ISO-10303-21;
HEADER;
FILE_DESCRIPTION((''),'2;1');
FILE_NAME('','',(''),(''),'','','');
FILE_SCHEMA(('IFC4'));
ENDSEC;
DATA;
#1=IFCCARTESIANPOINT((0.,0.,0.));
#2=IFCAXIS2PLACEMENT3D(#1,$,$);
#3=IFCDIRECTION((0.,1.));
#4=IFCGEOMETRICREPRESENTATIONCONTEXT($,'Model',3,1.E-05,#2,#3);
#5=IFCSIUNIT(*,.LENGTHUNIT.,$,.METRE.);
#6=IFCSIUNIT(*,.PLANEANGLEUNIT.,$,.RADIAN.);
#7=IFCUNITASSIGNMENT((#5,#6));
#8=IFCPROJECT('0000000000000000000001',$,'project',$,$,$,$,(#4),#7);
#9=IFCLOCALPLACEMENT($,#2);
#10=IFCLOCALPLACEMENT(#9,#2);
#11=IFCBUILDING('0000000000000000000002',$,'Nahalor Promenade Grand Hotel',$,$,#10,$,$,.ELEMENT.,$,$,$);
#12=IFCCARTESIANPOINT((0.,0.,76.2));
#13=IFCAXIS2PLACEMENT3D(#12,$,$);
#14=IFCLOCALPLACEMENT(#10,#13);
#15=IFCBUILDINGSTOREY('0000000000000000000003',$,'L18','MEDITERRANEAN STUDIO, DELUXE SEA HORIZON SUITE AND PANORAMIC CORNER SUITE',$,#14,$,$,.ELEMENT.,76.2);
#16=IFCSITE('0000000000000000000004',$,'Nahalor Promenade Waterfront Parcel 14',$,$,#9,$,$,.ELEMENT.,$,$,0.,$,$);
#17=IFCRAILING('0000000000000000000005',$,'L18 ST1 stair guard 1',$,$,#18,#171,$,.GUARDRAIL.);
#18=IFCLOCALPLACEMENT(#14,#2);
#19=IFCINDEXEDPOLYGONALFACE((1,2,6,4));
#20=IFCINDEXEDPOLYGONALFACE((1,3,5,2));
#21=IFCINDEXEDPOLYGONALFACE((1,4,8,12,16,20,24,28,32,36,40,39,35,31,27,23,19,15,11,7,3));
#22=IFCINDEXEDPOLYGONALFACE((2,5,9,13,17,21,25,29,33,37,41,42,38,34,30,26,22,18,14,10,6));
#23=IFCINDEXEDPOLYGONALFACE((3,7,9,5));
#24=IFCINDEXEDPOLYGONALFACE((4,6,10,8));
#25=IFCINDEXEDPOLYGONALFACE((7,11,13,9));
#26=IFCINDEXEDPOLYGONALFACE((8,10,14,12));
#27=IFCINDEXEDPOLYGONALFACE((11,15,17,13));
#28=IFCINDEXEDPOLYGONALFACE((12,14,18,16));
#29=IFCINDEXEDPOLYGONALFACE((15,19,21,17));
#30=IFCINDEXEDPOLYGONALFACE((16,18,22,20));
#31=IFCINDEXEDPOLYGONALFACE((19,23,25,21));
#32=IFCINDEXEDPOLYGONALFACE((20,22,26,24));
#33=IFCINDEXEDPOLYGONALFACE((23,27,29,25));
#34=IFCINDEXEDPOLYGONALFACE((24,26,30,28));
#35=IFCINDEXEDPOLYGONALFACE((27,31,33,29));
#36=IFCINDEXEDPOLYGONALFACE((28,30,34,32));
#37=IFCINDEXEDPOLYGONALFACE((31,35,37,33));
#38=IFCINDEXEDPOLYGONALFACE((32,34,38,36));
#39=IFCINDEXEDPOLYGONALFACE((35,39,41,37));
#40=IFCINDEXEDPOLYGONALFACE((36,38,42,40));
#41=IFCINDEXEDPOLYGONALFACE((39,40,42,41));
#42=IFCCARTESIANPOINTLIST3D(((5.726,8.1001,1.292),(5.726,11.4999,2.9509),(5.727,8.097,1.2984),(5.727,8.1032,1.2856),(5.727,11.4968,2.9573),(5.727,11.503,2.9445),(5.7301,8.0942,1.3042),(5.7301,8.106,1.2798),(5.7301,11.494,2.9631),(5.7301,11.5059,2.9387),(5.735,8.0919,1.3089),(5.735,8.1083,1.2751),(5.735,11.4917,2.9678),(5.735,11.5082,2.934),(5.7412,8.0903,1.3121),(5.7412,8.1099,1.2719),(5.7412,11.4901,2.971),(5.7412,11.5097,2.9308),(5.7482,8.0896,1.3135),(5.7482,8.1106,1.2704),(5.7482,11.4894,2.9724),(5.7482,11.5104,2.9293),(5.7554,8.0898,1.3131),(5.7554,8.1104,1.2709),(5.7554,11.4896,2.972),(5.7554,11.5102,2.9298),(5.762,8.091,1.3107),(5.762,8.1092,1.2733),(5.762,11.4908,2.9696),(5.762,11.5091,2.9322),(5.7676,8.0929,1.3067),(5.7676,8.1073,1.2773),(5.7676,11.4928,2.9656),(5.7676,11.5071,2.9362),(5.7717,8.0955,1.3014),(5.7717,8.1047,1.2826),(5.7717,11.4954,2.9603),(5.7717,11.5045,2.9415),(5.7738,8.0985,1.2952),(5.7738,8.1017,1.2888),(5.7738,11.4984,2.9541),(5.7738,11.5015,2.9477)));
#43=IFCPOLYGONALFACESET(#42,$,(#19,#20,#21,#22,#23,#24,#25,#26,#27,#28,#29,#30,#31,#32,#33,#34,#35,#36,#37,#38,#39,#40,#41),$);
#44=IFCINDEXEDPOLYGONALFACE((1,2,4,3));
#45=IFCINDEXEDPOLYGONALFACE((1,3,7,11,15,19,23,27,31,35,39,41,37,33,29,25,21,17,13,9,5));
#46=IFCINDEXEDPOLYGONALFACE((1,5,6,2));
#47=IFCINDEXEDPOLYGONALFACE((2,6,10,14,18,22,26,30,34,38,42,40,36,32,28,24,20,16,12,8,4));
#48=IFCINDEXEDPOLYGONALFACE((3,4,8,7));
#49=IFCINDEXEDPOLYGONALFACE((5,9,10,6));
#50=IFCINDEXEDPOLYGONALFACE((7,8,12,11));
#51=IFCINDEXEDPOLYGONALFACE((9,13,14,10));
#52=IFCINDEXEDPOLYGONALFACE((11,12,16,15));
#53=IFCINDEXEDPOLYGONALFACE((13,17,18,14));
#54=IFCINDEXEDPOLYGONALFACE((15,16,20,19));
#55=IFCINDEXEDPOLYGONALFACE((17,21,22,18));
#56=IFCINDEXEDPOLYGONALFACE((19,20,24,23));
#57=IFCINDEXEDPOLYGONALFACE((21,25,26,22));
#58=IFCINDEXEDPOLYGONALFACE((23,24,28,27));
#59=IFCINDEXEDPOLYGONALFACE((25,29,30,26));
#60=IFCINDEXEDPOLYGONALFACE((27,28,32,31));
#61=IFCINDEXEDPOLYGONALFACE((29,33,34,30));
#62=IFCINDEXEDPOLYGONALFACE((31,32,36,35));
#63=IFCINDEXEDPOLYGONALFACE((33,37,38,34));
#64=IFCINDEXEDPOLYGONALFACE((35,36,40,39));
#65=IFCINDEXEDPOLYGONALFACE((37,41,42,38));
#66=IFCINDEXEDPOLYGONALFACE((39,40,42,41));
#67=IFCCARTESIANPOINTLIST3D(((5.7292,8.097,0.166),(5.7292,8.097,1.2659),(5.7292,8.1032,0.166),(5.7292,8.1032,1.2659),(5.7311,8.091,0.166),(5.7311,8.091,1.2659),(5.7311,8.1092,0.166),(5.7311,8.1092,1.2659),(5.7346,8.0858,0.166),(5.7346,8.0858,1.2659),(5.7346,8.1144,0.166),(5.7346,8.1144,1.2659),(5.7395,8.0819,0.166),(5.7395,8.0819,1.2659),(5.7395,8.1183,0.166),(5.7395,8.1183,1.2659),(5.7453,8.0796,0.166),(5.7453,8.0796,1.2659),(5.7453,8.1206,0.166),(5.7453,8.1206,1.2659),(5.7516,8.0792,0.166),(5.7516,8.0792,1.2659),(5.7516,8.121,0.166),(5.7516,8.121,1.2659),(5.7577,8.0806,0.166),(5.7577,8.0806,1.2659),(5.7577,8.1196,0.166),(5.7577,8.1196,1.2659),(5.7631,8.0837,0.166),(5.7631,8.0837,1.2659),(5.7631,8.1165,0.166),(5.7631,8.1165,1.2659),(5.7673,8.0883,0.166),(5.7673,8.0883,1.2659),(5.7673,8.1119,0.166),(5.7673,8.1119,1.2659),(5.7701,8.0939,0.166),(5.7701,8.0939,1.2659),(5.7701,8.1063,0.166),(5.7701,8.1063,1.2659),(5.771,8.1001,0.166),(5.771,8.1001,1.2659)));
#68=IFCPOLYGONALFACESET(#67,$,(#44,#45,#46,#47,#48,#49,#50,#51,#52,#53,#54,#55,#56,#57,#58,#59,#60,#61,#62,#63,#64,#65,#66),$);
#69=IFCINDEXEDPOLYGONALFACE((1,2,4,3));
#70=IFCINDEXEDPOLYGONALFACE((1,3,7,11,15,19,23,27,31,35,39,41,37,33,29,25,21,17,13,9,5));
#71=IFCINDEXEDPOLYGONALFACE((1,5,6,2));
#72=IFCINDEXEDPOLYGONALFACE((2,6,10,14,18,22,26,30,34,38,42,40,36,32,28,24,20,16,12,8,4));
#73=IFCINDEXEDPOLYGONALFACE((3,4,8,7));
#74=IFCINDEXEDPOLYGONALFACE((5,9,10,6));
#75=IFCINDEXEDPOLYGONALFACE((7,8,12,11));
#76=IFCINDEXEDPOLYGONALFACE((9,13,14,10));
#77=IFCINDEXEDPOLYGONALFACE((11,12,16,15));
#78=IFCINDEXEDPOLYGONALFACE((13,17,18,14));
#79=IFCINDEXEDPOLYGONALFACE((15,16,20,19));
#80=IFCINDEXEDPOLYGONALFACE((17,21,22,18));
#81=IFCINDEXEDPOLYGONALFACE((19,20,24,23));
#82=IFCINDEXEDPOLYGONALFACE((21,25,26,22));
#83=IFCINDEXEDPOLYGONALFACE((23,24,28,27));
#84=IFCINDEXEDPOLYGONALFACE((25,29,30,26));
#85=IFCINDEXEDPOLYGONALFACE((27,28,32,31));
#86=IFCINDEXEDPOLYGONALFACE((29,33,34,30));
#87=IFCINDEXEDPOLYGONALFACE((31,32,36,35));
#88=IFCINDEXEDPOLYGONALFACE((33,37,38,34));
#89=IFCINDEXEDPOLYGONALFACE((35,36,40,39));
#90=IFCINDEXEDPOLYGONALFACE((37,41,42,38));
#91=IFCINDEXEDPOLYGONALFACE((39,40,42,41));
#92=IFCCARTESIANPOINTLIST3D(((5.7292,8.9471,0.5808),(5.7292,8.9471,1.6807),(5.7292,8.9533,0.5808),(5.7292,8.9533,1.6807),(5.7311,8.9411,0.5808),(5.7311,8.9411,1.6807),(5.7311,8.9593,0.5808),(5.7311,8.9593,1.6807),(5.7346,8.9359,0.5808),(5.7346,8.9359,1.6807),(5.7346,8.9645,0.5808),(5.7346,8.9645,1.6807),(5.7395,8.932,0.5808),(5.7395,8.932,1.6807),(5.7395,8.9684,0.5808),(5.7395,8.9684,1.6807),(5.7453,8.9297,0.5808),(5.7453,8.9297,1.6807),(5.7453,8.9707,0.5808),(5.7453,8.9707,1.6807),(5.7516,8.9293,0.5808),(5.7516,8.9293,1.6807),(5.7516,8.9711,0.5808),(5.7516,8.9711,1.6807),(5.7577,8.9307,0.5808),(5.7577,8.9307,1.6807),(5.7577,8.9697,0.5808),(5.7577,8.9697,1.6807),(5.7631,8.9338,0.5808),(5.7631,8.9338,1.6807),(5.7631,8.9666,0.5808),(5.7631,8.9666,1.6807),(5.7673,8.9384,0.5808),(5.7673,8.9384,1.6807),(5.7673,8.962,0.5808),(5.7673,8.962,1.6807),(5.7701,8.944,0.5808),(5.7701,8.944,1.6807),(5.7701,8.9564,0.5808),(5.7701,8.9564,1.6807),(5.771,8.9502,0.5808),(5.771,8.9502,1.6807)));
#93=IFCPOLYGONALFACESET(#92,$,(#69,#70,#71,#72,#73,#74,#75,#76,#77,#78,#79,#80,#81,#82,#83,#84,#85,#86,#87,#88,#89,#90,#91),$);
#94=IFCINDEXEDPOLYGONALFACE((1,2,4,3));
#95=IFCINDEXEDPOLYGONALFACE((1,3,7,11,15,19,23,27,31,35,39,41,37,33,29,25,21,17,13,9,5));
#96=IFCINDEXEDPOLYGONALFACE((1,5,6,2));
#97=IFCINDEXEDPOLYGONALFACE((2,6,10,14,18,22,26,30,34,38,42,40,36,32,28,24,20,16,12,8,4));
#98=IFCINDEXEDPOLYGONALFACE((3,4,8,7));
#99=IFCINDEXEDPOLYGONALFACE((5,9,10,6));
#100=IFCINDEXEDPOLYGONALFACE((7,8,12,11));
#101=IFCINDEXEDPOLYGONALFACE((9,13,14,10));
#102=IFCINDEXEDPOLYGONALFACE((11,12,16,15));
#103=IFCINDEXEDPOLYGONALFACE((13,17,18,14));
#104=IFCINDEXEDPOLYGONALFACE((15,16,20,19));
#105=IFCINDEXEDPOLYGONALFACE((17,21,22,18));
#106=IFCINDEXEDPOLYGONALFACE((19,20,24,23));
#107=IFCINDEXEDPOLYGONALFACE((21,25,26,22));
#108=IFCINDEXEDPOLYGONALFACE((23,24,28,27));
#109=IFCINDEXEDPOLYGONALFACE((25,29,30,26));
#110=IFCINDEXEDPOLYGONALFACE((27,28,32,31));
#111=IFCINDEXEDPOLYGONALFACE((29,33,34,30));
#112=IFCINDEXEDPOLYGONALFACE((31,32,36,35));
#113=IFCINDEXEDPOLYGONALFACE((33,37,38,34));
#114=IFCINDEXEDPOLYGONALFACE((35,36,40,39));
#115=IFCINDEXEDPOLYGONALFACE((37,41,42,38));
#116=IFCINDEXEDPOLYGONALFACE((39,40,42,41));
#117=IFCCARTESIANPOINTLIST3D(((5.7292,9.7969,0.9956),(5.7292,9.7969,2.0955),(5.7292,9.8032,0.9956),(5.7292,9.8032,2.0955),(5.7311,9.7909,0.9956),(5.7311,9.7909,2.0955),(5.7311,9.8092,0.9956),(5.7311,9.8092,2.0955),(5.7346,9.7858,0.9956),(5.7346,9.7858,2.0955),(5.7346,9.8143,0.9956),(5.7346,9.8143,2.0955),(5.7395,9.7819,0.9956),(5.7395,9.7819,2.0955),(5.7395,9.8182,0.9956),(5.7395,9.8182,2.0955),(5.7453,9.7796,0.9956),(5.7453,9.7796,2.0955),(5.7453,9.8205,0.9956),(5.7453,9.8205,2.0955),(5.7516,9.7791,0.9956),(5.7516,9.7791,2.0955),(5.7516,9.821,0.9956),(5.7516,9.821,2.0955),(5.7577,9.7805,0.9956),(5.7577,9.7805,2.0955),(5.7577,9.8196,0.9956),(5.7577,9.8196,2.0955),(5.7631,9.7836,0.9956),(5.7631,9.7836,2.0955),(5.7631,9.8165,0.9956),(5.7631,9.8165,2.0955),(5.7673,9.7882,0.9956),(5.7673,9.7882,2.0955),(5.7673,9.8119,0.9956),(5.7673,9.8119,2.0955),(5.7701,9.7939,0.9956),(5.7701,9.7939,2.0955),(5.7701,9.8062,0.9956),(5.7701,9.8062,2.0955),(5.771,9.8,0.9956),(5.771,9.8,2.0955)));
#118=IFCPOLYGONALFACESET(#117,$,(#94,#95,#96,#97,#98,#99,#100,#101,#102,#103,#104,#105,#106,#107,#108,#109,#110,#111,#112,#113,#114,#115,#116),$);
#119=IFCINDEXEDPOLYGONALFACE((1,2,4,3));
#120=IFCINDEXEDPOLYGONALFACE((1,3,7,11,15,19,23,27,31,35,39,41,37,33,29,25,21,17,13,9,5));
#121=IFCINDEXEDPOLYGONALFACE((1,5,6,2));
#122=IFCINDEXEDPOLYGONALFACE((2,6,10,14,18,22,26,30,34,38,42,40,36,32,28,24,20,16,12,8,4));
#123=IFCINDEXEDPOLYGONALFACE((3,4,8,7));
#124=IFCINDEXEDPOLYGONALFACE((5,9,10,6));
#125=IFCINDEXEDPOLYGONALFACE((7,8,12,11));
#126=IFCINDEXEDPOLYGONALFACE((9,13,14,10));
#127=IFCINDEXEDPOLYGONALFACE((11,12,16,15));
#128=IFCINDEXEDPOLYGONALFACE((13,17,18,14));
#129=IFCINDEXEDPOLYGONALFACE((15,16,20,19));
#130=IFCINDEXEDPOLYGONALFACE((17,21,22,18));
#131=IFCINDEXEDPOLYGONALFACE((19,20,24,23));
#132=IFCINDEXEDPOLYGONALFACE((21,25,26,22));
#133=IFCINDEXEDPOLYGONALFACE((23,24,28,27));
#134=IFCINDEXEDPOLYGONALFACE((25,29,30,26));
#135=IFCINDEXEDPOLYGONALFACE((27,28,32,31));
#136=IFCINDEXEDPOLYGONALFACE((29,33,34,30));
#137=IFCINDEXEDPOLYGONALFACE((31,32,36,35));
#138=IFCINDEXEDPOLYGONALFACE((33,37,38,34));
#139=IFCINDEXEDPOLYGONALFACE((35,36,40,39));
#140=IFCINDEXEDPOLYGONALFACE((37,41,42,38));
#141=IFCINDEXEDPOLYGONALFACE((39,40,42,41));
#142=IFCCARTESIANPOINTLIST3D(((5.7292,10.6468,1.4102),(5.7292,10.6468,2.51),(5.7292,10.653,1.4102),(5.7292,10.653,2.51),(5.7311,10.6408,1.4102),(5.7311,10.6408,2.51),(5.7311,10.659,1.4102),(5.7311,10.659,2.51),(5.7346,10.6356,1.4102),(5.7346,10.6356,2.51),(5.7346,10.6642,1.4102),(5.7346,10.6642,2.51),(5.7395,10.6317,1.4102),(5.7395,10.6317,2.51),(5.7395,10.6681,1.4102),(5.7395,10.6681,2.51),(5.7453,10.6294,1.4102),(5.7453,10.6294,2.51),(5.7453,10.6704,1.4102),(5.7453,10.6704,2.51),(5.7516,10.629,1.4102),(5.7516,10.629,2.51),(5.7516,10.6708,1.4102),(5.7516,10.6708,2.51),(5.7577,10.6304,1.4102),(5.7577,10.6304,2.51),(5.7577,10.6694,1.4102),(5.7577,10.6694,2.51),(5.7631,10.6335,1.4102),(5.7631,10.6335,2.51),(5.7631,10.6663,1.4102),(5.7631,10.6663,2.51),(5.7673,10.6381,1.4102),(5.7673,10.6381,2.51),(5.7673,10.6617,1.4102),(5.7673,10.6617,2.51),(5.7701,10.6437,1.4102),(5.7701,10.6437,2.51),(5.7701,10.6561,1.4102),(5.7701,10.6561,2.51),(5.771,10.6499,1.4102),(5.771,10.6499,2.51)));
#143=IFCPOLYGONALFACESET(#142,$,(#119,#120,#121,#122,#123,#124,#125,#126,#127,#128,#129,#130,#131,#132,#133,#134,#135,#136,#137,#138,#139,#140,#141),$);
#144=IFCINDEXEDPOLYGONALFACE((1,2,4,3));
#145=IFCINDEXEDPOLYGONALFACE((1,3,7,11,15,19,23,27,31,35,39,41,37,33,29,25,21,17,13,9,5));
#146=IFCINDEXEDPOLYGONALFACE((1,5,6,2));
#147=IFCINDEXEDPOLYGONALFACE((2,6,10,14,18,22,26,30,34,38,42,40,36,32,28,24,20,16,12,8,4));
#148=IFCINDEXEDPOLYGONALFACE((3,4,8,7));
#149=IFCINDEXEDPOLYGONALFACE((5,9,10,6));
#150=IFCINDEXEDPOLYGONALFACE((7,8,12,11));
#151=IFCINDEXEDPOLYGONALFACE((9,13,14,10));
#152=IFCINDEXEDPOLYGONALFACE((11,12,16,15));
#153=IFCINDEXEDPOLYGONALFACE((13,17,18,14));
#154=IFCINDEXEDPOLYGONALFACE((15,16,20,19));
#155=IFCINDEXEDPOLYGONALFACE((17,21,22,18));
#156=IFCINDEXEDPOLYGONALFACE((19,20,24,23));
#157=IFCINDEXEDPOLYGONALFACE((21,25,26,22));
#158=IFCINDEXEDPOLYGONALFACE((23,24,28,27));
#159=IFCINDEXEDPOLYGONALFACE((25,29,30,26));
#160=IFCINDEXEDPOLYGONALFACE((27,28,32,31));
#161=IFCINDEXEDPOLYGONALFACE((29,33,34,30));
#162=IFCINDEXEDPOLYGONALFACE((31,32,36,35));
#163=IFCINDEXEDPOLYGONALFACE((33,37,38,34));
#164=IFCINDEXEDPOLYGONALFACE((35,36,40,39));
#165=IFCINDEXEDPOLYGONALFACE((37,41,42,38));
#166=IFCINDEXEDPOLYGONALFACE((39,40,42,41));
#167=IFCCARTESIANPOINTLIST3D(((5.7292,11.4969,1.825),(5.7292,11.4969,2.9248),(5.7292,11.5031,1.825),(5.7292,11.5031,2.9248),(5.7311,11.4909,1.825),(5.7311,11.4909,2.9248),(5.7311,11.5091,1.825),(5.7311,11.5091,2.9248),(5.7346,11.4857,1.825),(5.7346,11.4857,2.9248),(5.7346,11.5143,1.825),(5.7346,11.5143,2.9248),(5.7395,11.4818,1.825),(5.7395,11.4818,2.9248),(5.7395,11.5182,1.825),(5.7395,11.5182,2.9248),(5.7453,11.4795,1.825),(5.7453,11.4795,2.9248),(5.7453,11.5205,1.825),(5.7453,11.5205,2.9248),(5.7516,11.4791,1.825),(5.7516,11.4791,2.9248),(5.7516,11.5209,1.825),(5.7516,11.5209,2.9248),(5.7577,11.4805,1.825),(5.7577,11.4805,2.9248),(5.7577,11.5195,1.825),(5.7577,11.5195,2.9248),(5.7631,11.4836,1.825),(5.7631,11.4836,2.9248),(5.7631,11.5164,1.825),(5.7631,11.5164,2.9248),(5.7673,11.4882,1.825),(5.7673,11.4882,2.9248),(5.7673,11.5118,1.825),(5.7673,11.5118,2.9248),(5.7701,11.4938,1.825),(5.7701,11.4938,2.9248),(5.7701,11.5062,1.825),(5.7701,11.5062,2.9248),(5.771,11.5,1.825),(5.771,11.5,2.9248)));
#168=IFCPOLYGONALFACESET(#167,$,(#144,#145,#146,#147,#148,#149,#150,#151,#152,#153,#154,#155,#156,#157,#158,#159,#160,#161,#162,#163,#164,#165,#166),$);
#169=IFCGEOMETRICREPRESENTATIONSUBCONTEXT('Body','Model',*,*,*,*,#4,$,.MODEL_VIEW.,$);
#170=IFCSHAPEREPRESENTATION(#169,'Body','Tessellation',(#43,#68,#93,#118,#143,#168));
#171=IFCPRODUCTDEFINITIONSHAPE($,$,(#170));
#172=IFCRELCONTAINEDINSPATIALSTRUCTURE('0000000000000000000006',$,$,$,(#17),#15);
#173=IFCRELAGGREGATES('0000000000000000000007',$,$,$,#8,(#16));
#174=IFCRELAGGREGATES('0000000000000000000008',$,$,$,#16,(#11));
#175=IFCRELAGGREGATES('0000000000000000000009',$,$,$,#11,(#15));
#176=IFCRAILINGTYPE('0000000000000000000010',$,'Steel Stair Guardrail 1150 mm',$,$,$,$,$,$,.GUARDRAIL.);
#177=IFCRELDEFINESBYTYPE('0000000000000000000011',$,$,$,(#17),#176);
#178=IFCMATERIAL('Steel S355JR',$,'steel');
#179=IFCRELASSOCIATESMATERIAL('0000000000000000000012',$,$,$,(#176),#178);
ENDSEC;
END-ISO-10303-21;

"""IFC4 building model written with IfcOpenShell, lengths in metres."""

from ifc_helpers import new_model, si_unit, direction, frame, origin, origin_2d, place, context, subcontext, project, spatial, circle, extrude, material, type_object, element, save


model = new_model("IFC4")

# Units and contexts
model_context = context("Model", 3, precision=1e-05, world=origin(), true_north=direction((0.0, 1.0)))
body_context = subcontext(model_context, "Body", "Model", "MODEL_VIEW")
ifc_project = project(units=[si_unit("LENGTHUNIT", "METRE"), si_unit("PLANEANGLEUNIT", "RADIAN")], contexts=[model_context])

# Site, building, storey
site_placement = place(None, origin())
site = spatial("IfcSite", under=ifc_project, at=site_placement, Name="Nahalor Promenade Waterfront Parcel 14", CompositionType="ELEMENT", RefElevation=0.0)
building_placement = place(site_placement, origin())
building = spatial("IfcBuilding", under=site, at=building_placement, Name="Nahalor Promenade Grand Hotel", CompositionType="ELEMENT")
storey_placement = place(building_placement, frame((0.0, 0.0, 76.2)))
storey = spatial("IfcBuildingStorey", under=building, at=storey_placement, Name="L18", Description="MEDITERRANEAN STUDIO, DELUXE SEA HORIZON SUITE AND PANORAMIC CORNER SUITE", CompositionType="ELEMENT", Elevation=76.2)

# Shared definitions
ifc_material_1 = material(Name="Steel S355JR", Category="steel")

# Railing
railing_type_1 = type_object("IfcRailingType", Name="Steel Stair Guardrail 1150 mm", PredefinedType="GUARDRAIL", material=ifc_material_1)
railing_1_placement = place(storey_placement, frame((5.75, 8.1001, 0.166)))
element("IfcRailing", 1, at=railing_1_placement, inside=storey, type_object=railing_type_1, Name="L18 ST1 stair guard 1", PredefinedType="GUARDRAIL", context=body_context, shape_type="SweptSolid", body=[
    extrude(circle(Radius=0.024, at=origin_2d()), frame((0.0, 0.0, 1.126), z_axis=(0.0, 0.898722, 0.438519), x_axis=(-1.0, 0.0, 0.0)), (0.0, 0.0, 1.0), 3.783),
    extrude(circle(Radius=0.021, at=origin_2d()), origin(), (0.0, 0.0, 1.0), 1.0999),
    extrude(circle(Radius=0.021, at=origin_2d()), frame((0.0, 0.8501, 0.4148)), (0.0, 0.0, 1.0), 1.0999),
    extrude(circle(Radius=0.021, at=origin_2d()), frame((0.0, 1.7, 0.8296)), (0.0, 0.0, 1.0), 1.0999),
    extrude(circle(Radius=0.021, at=origin_2d()), frame((0.0, 2.5498, 1.2441)), (0.0, 0.0, 1.0), 1.0999),
    extrude(circle(Radius=0.021, at=origin_2d()), frame((0.0, 3.3999, 1.6589)), (0.0, 0.0, 1.0), 1.0999),
])

save(model, "model.ifc")
